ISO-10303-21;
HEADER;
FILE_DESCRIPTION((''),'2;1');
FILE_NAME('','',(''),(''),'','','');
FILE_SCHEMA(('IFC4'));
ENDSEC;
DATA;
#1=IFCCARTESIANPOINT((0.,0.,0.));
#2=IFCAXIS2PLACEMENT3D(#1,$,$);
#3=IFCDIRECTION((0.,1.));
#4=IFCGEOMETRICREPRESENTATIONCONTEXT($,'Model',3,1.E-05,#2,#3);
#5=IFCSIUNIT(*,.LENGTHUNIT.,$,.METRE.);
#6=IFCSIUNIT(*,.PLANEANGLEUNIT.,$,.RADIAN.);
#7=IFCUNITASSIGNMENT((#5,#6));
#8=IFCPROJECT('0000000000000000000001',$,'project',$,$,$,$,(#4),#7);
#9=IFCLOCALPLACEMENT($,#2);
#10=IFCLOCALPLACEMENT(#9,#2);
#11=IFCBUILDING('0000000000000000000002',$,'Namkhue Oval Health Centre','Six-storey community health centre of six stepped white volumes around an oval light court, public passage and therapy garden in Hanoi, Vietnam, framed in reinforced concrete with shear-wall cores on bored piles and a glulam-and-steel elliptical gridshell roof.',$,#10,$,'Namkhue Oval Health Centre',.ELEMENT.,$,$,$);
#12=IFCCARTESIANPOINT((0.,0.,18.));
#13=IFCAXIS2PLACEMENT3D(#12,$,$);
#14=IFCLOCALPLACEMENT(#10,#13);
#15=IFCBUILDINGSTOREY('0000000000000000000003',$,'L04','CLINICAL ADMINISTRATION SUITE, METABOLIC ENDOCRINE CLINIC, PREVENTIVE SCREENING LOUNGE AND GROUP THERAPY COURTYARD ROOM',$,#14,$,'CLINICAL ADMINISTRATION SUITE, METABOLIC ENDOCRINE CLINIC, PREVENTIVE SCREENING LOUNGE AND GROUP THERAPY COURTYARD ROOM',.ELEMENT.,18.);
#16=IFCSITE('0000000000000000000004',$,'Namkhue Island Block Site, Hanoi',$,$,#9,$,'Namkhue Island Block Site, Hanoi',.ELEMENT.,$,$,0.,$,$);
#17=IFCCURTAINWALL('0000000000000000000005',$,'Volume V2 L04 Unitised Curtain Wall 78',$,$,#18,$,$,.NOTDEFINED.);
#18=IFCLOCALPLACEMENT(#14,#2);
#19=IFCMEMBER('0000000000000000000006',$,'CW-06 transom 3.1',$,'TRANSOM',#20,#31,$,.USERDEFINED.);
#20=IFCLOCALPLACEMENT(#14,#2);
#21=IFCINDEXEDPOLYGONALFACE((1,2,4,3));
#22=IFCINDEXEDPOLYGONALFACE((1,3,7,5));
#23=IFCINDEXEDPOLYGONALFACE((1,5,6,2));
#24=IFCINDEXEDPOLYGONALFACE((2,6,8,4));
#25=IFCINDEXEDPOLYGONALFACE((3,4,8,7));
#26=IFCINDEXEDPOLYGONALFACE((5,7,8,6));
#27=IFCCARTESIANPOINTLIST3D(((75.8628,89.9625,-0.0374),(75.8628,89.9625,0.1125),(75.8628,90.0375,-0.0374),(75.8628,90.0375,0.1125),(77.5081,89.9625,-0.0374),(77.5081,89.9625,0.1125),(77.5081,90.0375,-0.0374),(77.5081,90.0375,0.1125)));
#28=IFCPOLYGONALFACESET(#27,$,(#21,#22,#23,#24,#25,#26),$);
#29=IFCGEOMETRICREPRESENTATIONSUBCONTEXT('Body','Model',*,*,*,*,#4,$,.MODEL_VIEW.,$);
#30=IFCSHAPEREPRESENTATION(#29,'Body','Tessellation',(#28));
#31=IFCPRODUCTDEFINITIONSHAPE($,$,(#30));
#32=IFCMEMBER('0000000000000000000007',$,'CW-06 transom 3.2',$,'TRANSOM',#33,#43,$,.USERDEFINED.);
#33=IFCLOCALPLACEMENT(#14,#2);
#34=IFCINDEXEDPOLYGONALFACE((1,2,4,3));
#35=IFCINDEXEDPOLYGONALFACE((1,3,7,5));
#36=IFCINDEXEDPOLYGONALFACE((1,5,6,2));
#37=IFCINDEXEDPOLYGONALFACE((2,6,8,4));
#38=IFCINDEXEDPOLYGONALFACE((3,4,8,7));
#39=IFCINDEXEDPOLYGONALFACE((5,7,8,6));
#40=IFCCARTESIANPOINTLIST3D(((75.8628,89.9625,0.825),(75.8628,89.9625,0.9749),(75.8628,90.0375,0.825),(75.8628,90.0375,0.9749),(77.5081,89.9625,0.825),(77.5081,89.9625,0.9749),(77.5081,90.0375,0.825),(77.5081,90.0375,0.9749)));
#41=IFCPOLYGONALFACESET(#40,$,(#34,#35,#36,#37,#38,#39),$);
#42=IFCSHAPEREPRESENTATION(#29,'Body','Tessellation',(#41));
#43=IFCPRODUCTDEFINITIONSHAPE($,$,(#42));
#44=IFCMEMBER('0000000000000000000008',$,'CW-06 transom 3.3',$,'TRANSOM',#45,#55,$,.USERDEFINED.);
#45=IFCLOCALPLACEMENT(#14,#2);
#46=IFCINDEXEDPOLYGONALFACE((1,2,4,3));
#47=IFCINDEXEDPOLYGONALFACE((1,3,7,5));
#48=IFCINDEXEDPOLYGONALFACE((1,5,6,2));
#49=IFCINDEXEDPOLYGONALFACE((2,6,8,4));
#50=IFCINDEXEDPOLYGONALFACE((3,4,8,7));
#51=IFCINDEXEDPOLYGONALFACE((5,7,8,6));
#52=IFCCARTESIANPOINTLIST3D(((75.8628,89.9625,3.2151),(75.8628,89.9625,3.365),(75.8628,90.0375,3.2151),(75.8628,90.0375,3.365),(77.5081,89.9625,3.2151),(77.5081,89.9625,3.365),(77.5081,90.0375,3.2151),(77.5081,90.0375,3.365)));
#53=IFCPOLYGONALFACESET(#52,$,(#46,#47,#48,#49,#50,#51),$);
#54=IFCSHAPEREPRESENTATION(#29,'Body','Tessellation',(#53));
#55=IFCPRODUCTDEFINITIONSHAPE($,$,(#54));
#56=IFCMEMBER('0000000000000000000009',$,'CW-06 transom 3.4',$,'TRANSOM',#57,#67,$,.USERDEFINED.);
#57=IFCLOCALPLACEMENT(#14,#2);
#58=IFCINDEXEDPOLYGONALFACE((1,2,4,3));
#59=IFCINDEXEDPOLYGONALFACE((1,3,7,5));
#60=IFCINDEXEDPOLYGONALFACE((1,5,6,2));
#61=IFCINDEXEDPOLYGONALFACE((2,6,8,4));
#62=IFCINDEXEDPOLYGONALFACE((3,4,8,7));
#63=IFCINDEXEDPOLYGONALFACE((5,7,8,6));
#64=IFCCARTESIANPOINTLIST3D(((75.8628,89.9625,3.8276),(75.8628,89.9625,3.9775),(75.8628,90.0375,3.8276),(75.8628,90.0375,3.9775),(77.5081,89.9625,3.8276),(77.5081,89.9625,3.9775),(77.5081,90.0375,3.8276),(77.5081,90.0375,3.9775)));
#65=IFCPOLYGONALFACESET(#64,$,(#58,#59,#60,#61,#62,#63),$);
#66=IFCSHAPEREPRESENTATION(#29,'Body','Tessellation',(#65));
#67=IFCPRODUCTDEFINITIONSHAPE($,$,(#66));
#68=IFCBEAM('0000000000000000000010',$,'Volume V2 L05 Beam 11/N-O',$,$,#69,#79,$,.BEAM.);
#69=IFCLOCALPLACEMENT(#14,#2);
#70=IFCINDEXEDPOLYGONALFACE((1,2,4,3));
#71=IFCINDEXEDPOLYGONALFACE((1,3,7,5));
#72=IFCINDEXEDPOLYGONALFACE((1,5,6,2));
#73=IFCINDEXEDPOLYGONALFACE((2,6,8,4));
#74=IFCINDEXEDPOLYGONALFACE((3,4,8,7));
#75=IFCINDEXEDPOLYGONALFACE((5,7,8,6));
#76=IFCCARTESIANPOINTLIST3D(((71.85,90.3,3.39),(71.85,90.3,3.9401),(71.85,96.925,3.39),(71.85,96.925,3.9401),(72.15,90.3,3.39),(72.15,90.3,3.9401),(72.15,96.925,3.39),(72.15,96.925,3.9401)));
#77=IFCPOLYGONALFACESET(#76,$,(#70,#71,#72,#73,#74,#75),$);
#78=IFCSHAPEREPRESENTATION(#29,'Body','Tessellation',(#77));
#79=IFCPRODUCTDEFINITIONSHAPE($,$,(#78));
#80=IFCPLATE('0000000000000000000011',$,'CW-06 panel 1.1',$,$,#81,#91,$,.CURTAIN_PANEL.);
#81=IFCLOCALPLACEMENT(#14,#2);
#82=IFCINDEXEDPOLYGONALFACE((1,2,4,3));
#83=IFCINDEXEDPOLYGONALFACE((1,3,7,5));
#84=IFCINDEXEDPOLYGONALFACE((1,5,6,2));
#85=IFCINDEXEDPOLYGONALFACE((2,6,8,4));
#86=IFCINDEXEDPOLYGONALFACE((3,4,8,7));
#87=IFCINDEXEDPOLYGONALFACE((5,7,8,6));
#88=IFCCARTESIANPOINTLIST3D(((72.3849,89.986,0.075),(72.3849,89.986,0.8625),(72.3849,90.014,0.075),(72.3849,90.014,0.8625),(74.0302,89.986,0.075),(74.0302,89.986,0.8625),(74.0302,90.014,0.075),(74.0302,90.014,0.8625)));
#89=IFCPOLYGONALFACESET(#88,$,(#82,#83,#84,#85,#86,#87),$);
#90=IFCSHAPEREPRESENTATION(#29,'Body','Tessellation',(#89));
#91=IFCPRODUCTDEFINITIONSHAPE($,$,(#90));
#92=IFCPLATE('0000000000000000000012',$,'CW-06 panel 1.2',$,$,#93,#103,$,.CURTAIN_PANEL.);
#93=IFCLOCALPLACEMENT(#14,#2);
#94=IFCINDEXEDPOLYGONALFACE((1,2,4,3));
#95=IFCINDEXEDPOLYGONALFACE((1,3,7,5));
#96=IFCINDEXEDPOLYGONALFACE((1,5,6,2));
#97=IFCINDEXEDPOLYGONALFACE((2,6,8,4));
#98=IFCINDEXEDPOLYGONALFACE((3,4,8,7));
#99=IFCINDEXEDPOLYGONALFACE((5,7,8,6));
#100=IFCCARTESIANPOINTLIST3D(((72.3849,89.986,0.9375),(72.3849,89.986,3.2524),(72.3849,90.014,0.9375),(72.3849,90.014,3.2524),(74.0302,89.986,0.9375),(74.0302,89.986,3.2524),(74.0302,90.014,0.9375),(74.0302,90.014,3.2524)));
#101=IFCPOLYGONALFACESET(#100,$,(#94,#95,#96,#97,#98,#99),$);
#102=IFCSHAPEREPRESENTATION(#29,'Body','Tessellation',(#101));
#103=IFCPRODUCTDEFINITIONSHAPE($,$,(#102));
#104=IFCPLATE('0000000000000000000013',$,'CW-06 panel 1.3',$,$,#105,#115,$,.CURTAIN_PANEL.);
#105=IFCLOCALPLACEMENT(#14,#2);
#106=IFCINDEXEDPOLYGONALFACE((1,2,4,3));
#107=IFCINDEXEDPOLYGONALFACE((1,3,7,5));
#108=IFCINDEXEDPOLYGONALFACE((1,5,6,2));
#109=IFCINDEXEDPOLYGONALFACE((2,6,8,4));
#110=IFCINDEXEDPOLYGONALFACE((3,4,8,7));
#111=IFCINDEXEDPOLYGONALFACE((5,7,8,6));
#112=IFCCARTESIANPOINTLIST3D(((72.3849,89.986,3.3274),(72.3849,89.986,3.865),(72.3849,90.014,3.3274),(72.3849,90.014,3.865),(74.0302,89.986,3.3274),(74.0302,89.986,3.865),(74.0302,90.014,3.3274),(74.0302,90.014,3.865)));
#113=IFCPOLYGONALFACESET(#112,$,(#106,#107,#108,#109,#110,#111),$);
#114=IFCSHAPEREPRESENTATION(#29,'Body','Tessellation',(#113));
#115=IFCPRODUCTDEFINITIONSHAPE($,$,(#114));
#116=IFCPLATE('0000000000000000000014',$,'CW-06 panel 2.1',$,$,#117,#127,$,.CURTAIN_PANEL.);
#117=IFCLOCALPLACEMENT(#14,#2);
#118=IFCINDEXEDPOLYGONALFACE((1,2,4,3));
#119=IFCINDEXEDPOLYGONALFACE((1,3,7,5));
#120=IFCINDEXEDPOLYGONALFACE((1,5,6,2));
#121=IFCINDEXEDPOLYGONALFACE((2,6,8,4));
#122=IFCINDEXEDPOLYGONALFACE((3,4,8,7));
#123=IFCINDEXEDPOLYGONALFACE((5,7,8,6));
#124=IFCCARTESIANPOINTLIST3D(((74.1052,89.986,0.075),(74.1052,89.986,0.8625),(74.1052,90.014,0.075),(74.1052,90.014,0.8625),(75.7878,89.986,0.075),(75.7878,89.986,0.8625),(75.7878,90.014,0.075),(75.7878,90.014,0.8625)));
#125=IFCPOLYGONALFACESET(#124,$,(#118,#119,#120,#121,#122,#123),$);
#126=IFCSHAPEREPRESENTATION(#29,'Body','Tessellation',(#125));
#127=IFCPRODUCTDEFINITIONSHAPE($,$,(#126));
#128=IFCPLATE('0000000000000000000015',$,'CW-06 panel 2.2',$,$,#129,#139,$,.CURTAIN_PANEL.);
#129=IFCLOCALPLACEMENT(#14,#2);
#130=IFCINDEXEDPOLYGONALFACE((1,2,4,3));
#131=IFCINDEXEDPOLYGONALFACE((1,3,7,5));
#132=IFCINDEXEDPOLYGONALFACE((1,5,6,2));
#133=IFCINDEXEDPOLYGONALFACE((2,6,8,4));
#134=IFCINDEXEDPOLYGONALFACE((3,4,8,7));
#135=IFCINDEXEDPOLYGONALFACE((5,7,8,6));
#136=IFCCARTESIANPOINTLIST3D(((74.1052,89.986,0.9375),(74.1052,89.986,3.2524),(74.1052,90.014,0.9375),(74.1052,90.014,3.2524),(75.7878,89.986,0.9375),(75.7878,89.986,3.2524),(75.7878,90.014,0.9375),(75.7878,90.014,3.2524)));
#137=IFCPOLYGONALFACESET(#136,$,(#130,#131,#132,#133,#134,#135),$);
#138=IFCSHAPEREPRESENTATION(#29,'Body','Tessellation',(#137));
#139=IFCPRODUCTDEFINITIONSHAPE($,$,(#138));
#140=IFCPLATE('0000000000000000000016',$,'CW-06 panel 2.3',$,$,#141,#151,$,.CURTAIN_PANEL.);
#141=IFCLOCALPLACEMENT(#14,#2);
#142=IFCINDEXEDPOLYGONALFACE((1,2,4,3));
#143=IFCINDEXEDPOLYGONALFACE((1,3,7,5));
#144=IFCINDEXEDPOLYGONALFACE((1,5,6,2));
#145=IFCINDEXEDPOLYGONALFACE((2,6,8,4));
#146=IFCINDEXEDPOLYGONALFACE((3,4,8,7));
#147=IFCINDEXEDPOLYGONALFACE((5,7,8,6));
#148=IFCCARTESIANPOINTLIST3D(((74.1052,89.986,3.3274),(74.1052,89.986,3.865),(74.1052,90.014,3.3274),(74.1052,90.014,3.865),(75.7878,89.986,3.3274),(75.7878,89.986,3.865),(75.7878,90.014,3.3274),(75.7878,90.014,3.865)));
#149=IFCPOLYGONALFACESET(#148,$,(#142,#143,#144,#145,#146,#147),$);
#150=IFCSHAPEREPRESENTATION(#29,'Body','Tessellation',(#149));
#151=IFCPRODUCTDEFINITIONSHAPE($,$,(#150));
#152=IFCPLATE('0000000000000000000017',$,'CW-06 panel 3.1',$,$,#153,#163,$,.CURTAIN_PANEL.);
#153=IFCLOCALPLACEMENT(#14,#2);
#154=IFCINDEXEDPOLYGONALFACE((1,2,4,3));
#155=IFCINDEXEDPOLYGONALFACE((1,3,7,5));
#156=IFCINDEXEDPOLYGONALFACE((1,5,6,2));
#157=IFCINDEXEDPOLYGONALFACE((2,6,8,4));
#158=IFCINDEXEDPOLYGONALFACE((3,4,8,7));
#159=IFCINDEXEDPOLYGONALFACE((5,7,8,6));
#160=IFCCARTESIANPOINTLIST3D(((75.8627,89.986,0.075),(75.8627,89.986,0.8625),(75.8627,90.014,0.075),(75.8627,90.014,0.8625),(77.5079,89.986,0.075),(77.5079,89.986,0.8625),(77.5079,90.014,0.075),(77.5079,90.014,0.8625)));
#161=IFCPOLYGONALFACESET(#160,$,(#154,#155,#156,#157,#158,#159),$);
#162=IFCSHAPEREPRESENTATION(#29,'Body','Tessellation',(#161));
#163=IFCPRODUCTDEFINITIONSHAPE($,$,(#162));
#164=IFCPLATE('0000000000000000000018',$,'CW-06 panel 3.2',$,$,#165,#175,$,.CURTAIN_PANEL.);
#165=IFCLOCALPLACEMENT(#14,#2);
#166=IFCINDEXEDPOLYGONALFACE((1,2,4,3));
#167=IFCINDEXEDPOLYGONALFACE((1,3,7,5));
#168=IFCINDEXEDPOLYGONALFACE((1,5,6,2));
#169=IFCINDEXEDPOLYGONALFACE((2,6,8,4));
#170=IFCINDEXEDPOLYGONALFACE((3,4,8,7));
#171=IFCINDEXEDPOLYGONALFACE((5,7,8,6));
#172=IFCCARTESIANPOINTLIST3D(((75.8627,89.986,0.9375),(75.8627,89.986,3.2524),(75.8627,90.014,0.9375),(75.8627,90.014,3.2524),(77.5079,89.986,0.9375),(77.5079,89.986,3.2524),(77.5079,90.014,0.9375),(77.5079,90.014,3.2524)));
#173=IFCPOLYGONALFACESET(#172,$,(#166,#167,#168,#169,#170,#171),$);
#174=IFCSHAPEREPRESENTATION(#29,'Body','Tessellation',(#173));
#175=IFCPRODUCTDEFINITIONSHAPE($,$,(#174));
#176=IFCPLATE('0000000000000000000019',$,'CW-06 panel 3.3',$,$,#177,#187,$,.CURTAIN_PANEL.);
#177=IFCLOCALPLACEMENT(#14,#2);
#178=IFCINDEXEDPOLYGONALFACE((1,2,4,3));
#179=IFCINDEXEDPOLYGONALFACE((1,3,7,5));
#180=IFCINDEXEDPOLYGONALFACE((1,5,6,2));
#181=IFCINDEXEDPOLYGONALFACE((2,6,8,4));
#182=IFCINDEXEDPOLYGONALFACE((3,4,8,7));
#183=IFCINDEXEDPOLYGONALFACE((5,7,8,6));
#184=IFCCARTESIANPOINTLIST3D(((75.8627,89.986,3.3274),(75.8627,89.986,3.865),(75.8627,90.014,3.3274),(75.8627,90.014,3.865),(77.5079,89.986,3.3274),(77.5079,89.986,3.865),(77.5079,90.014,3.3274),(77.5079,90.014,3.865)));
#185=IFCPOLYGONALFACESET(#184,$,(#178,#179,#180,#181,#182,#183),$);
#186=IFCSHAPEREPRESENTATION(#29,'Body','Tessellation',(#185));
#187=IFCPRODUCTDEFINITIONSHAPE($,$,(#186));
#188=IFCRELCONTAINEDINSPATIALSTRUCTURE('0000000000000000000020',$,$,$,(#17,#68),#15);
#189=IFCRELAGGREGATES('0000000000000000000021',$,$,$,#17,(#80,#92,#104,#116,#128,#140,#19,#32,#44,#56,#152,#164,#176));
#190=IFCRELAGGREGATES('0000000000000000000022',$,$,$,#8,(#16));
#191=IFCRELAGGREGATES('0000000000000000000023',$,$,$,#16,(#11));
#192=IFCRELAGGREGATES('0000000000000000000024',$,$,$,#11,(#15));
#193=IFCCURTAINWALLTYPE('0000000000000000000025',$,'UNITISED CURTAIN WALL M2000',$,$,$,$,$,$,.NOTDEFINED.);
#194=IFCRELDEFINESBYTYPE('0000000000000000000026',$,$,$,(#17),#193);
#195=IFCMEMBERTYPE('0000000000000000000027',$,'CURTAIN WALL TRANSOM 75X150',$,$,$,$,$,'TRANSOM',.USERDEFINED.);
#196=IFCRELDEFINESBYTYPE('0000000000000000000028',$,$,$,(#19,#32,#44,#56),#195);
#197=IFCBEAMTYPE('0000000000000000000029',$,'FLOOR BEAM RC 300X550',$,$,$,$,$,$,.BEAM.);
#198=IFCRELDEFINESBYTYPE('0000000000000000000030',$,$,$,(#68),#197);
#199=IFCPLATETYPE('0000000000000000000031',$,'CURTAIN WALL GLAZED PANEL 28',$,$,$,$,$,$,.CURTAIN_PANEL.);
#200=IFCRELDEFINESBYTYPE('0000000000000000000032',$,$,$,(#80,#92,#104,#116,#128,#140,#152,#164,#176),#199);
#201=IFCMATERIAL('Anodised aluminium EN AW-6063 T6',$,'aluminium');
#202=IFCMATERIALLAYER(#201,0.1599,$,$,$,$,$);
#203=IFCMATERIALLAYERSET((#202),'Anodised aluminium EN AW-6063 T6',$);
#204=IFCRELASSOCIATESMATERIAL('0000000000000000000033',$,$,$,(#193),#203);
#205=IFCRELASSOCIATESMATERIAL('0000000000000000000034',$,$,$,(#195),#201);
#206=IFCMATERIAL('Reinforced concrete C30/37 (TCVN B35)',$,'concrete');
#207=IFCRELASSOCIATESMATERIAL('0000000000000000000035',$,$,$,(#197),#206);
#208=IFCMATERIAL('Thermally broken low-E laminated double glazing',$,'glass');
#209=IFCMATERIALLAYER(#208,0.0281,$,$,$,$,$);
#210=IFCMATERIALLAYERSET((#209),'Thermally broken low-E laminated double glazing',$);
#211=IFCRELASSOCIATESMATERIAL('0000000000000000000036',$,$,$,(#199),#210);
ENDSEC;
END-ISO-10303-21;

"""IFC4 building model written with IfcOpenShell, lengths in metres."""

from ifc_helpers import new_model, si_unit, direction, frame, origin, origin_2d, place, context, subcontext, project, spatial, rectangle, extrude, material, layer, layer_set, material_profile, profile_set, type_object, element, aggregate, save


model = new_model("IFC4")

# Units and contexts
model_context = context("Model", 3, precision=1e-05, world=origin(), true_north=direction((0.0, 1.0)))
body_context = subcontext(model_context, "Body", "Model", "MODEL_VIEW")
ifc_project = project(units=[si_unit("LENGTHUNIT", "METRE"), si_unit("PLANEANGLEUNIT", "RADIAN")], contexts=[model_context])

# Site, building, storey
site_placement = place(None, origin())
site = spatial("IfcSite", under=ifc_project, at=site_placement, Name="Namkhue Island Block Site, Hanoi", LongName="Namkhue Island Block Site, Hanoi", CompositionType="ELEMENT", RefElevation=0.0)
building_placement = place(site_placement, origin())
building = spatial("IfcBuilding", under=site, at=building_placement, Name="Namkhue Oval Health Centre", Description="Six-storey community health centre of six stepped white volumes around an oval light court, public passage and therapy garden in Hanoi, Vietnam, framed in reinforced concrete with shear-wall cores on bored piles and a glulam-and-steel elliptical gridshell roof.", LongName="Namkhue Oval Health Centre", CompositionType="ELEMENT")
storey_placement = place(building_placement, frame((0.0, 0.0, 18.0)))
storey = spatial("IfcBuildingStorey", under=building, at=storey_placement, Name="L04", Description="CLINICAL ADMINISTRATION SUITE, METABOLIC ENDOCRINE CLINIC, PREVENTIVE SCREENING LOUNGE AND GROUP THERAPY COURTYARD ROOM", LongName="CLINICAL ADMINISTRATION SUITE, METABOLIC ENDOCRINE CLINIC, PREVENTIVE SCREENING LOUNGE AND GROUP THERAPY COURTYARD ROOM", CompositionType="ELEMENT", Elevation=18.0)

# Curtain wall, members
ifc_material_1 = material(Name="Anodised aluminium EN AW-6063 T6", Category="aluminium")
ifc_layer_1 = layer(ifc_material_1, 0.1599)
ifc_layer_set_1 = layer_set([ifc_layer_1], Name="Anodised aluminium EN AW-6063 T6")
curtain_wall_type = type_object("IfcCurtainWallType", Name="UNITISED CURTAIN WALL M2000", PredefinedType="NOTDEFINED", material=ifc_layer_set_1)
curtain_wall_placement = place(storey_placement, origin())
curtain_wall = element("IfcCurtainWall", 1, at=curtain_wall_placement, inside=storey, type_object=curtain_wall_type, Name="Volume V2 L04 Unitised Curtain Wall 78", PredefinedType="NOTDEFINED")
ifc_material_profile_1 = material_profile(ifc_material_1, rectangle(XDim=0.075, YDim=0.1499, at=origin_2d()), Name="ALU 75x150")
ifc_profile_set_1 = profile_set([ifc_material_profile_1], Name="Anodised aluminium EN AW-6063 T6")
member_type_1 = type_object("IfcMemberType", Name="CURTAIN WALL TRANSOM 75X150", ElementType="TRANSOM", PredefinedType="USERDEFINED", material=ifc_profile_set_1)
member_1_placement = place(storey_placement, frame((75.8628, 90.0, 0.0376), z_axis=(1.0, 0.0, 0.0), x_axis=(0.0, 1.0, 0.0)))
member_1 = element("IfcMember", 2, at=member_1_placement, type_object=member_type_1, Name="CW-06 transom 3.1", ObjectType="TRANSOM", PredefinedType="USERDEFINED", context=body_context, shape_type="SweptSolid", body=[
    extrude(rectangle(XDim=0.075, YDim=0.1499, at=origin_2d()), origin(), (0.0, 0.0, 1.0), 1.6453),
])
member_2_placement = place(storey_placement, frame((75.8628, 90.0, 0.8999), z_axis=(1.0, 0.0, 0.0), x_axis=(0.0, 1.0, 0.0)))
member_2 = element("IfcMember", 3, at=member_2_placement, type_object=member_type_1, Name="CW-06 transom 3.2", ObjectType="TRANSOM", PredefinedType="USERDEFINED", context=body_context, shape_type="SweptSolid", body=[
    extrude(rectangle(XDim=0.075, YDim=0.1499, at=origin_2d()), origin(), (0.0, 0.0, 1.0), 1.6453),
])
member_3_placement = place(storey_placement, frame((75.8628, 90.0, 3.29), z_axis=(1.0, 0.0, 0.0), x_axis=(0.0, 1.0, 0.0)))
member_3 = element("IfcMember", 4, at=member_3_placement, type_object=member_type_1, Name="CW-06 transom 3.3", ObjectType="TRANSOM", PredefinedType="USERDEFINED", context=body_context, shape_type="SweptSolid", body=[
    extrude(rectangle(XDim=0.075, YDim=0.1499, at=origin_2d()), origin(), (0.0, 0.0, 1.0), 1.6453),
])
member_4_placement = place(storey_placement, frame((75.8628, 90.0, 3.9026), z_axis=(1.0, 0.0, 0.0), x_axis=(0.0, 1.0, 0.0)))
member_4 = element("IfcMember", 5, at=member_4_placement, type_object=member_type_1, Name="CW-06 transom 3.4", ObjectType="TRANSOM", PredefinedType="USERDEFINED", context=body_context, shape_type="SweptSolid", body=[
    extrude(rectangle(XDim=0.075, YDim=0.1499, at=origin_2d()), origin(), (0.0, 0.0, 1.0), 1.6453),
])

# Beam
ifc_material_2 = material(Name="Reinforced concrete C30/37 (TCVN B35)", Category="concrete")
ifc_material_profile_2 = material_profile(ifc_material_2, rectangle(XDim=0.3, YDim=0.55, at=origin_2d()), Name="RC 300x550")
ifc_profile_set_2 = profile_set([ifc_material_profile_2], Name="Reinforced concrete C30/37 (TCVN B35)")
beam_type = type_object("IfcBeamType", Name="FLOOR BEAM RC 300X550", PredefinedType="BEAM", material=ifc_profile_set_2)
beam_placement = place(storey_placement, frame((72.0, 90.3, 3.665), z_axis=(0.0, 1.0, 0.0), x_axis=(-1.0, 0.0, 0.0)))
element("IfcBeam", 6, at=beam_placement, inside=storey, type_object=beam_type, Name="Volume V2 L05 Beam 11/N-O", PredefinedType="BEAM", context=body_context, shape_type="SweptSolid", body=[
    extrude(rectangle(XDim=0.3, YDim=0.55, at=origin_2d()), origin(), (0.0, 0.0, 1.0), 6.625),
])

# Plates
ifc_material_3 = material(Name="Thermally broken low-E laminated double glazing", Category="glass")
ifc_layer_2 = layer(ifc_material_3, 0.0281)
ifc_layer_set_2 = layer_set([ifc_layer_2], Name="Thermally broken low-E laminated double glazing")
plate_type = type_object("IfcPlateType", Name="CURTAIN WALL GLAZED PANEL 28", PredefinedType="CURTAIN_PANEL", material=ifc_layer_set_2)
plate_1_placement = place(storey_placement, frame((73.2075, 90.0, 0.075), z_axis=(0.0, 0.0, 1.0), x_axis=(1.0, 0.0, 0.0)))
plate_1 = element("IfcPlate", 7, at=plate_1_placement, type_object=plate_type, Name="CW-06 panel 1.1", PredefinedType="CURTAIN_PANEL", context=body_context, shape_type="SweptSolid", body=[
    extrude(rectangle(XDim=1.6453, YDim=0.0281, at=origin_2d()), origin(), (0.0, 0.0, 1.0), 0.7876),
])
plate_2_placement = place(storey_placement, frame((73.2075, 90.0, 0.9375), z_axis=(0.0, 0.0, 1.0), x_axis=(1.0, 0.0, 0.0)))
plate_2 = element("IfcPlate", 8, at=plate_2_placement, type_object=plate_type, Name="CW-06 panel 1.2", PredefinedType="CURTAIN_PANEL", context=body_context, shape_type="SweptSolid", body=[
    extrude(rectangle(XDim=1.6453, YDim=0.0281, at=origin_2d()), origin(), (0.0, 0.0, 1.0), 2.3149),
])
plate_3_placement = place(storey_placement, frame((73.2075, 90.0, 3.3274), z_axis=(0.0, 0.0, 1.0), x_axis=(1.0, 0.0, 0.0)))
plate_3 = element("IfcPlate", 9, at=plate_3_placement, type_object=plate_type, Name="CW-06 panel 1.3", PredefinedType="CURTAIN_PANEL", context=body_context, shape_type="SweptSolid", body=[
    extrude(rectangle(XDim=1.6453, YDim=0.0281, at=origin_2d()), origin(), (0.0, 0.0, 1.0), 0.5376),
])
plate_4_placement = place(storey_placement, frame((74.9465, 90.0, 0.075), z_axis=(0.0, 0.0, 1.0), x_axis=(1.0, 0.0, 0.0)))
plate_4 = element("IfcPlate", 10, at=plate_4_placement, type_object=plate_type, Name="CW-06 panel 2.1", PredefinedType="CURTAIN_PANEL", context=body_context, shape_type="SweptSolid", body=[
    extrude(rectangle(XDim=1.6826, YDim=0.0281, at=origin_2d()), origin(), (0.0, 0.0, 1.0), 0.7876),
])
plate_5_placement = place(storey_placement, frame((74.9465, 90.0, 0.9375), z_axis=(0.0, 0.0, 1.0), x_axis=(1.0, 0.0, 0.0)))
plate_5 = element("IfcPlate", 11, at=plate_5_placement, type_object=plate_type, Name="CW-06 panel 2.2", PredefinedType="CURTAIN_PANEL", context=body_context, shape_type="SweptSolid", body=[
    extrude(rectangle(XDim=1.6826, YDim=0.0281, at=origin_2d()), origin(), (0.0, 0.0, 1.0), 2.3149),
])
plate_6_placement = place(storey_placement, frame((74.9465, 90.0, 3.3274), z_axis=(0.0, 0.0, 1.0), x_axis=(1.0, 0.0, 0.0)))
plate_6 = element("IfcPlate", 12, at=plate_6_placement, type_object=plate_type, Name="CW-06 panel 2.3", PredefinedType="CURTAIN_PANEL", context=body_context, shape_type="SweptSolid", body=[
    extrude(rectangle(XDim=1.6826, YDim=0.0281, at=origin_2d()), origin(), (0.0, 0.0, 1.0), 0.5376),
])
plate_7_placement = place(storey_placement, frame((76.6853, 90.0, 0.075), z_axis=(0.0, 0.0, 1.0), x_axis=(1.0, 0.0, 0.0)))
plate_7 = element("IfcPlate", 13, at=plate_7_placement, type_object=plate_type, Name="CW-06 panel 3.1", PredefinedType="CURTAIN_PANEL", context=body_context, shape_type="SweptSolid", body=[
    extrude(rectangle(XDim=1.6453, YDim=0.0281, at=origin_2d()), origin(), (0.0, 0.0, 1.0), 0.7876),
])
plate_8_placement = place(storey_placement, frame((76.6853, 90.0, 0.9375), z_axis=(0.0, 0.0, 1.0), x_axis=(1.0, 0.0, 0.0)))
plate_8 = element("IfcPlate", 14, at=plate_8_placement, type_object=plate_type, Name="CW-06 panel 3.2", PredefinedType="CURTAIN_PANEL", context=body_context, shape_type="SweptSolid", body=[
    extrude(rectangle(XDim=1.6453, YDim=0.0281, at=origin_2d()), origin(), (0.0, 0.0, 1.0), 2.3149),
])
plate_9_placement = place(storey_placement, frame((76.6853, 90.0, 3.3274), z_axis=(0.0, 0.0, 1.0), x_axis=(1.0, 0.0, 0.0)))
plate_9 = element("IfcPlate", 15, at=plate_9_placement, type_object=plate_type, Name="CW-06 panel 3.3", PredefinedType="CURTAIN_PANEL", context=body_context, shape_type="SweptSolid", body=[
    extrude(rectangle(XDim=1.6453, YDim=0.0281, at=origin_2d()), origin(), (0.0, 0.0, 1.0), 0.5376),
])
aggregate(curtain_wall, [plate_1, plate_2, plate_3, plate_4, plate_5, plate_6, member_1, member_2, member_3, member_4, plate_7, plate_8, plate_9])

save(model, "model.ifc")
